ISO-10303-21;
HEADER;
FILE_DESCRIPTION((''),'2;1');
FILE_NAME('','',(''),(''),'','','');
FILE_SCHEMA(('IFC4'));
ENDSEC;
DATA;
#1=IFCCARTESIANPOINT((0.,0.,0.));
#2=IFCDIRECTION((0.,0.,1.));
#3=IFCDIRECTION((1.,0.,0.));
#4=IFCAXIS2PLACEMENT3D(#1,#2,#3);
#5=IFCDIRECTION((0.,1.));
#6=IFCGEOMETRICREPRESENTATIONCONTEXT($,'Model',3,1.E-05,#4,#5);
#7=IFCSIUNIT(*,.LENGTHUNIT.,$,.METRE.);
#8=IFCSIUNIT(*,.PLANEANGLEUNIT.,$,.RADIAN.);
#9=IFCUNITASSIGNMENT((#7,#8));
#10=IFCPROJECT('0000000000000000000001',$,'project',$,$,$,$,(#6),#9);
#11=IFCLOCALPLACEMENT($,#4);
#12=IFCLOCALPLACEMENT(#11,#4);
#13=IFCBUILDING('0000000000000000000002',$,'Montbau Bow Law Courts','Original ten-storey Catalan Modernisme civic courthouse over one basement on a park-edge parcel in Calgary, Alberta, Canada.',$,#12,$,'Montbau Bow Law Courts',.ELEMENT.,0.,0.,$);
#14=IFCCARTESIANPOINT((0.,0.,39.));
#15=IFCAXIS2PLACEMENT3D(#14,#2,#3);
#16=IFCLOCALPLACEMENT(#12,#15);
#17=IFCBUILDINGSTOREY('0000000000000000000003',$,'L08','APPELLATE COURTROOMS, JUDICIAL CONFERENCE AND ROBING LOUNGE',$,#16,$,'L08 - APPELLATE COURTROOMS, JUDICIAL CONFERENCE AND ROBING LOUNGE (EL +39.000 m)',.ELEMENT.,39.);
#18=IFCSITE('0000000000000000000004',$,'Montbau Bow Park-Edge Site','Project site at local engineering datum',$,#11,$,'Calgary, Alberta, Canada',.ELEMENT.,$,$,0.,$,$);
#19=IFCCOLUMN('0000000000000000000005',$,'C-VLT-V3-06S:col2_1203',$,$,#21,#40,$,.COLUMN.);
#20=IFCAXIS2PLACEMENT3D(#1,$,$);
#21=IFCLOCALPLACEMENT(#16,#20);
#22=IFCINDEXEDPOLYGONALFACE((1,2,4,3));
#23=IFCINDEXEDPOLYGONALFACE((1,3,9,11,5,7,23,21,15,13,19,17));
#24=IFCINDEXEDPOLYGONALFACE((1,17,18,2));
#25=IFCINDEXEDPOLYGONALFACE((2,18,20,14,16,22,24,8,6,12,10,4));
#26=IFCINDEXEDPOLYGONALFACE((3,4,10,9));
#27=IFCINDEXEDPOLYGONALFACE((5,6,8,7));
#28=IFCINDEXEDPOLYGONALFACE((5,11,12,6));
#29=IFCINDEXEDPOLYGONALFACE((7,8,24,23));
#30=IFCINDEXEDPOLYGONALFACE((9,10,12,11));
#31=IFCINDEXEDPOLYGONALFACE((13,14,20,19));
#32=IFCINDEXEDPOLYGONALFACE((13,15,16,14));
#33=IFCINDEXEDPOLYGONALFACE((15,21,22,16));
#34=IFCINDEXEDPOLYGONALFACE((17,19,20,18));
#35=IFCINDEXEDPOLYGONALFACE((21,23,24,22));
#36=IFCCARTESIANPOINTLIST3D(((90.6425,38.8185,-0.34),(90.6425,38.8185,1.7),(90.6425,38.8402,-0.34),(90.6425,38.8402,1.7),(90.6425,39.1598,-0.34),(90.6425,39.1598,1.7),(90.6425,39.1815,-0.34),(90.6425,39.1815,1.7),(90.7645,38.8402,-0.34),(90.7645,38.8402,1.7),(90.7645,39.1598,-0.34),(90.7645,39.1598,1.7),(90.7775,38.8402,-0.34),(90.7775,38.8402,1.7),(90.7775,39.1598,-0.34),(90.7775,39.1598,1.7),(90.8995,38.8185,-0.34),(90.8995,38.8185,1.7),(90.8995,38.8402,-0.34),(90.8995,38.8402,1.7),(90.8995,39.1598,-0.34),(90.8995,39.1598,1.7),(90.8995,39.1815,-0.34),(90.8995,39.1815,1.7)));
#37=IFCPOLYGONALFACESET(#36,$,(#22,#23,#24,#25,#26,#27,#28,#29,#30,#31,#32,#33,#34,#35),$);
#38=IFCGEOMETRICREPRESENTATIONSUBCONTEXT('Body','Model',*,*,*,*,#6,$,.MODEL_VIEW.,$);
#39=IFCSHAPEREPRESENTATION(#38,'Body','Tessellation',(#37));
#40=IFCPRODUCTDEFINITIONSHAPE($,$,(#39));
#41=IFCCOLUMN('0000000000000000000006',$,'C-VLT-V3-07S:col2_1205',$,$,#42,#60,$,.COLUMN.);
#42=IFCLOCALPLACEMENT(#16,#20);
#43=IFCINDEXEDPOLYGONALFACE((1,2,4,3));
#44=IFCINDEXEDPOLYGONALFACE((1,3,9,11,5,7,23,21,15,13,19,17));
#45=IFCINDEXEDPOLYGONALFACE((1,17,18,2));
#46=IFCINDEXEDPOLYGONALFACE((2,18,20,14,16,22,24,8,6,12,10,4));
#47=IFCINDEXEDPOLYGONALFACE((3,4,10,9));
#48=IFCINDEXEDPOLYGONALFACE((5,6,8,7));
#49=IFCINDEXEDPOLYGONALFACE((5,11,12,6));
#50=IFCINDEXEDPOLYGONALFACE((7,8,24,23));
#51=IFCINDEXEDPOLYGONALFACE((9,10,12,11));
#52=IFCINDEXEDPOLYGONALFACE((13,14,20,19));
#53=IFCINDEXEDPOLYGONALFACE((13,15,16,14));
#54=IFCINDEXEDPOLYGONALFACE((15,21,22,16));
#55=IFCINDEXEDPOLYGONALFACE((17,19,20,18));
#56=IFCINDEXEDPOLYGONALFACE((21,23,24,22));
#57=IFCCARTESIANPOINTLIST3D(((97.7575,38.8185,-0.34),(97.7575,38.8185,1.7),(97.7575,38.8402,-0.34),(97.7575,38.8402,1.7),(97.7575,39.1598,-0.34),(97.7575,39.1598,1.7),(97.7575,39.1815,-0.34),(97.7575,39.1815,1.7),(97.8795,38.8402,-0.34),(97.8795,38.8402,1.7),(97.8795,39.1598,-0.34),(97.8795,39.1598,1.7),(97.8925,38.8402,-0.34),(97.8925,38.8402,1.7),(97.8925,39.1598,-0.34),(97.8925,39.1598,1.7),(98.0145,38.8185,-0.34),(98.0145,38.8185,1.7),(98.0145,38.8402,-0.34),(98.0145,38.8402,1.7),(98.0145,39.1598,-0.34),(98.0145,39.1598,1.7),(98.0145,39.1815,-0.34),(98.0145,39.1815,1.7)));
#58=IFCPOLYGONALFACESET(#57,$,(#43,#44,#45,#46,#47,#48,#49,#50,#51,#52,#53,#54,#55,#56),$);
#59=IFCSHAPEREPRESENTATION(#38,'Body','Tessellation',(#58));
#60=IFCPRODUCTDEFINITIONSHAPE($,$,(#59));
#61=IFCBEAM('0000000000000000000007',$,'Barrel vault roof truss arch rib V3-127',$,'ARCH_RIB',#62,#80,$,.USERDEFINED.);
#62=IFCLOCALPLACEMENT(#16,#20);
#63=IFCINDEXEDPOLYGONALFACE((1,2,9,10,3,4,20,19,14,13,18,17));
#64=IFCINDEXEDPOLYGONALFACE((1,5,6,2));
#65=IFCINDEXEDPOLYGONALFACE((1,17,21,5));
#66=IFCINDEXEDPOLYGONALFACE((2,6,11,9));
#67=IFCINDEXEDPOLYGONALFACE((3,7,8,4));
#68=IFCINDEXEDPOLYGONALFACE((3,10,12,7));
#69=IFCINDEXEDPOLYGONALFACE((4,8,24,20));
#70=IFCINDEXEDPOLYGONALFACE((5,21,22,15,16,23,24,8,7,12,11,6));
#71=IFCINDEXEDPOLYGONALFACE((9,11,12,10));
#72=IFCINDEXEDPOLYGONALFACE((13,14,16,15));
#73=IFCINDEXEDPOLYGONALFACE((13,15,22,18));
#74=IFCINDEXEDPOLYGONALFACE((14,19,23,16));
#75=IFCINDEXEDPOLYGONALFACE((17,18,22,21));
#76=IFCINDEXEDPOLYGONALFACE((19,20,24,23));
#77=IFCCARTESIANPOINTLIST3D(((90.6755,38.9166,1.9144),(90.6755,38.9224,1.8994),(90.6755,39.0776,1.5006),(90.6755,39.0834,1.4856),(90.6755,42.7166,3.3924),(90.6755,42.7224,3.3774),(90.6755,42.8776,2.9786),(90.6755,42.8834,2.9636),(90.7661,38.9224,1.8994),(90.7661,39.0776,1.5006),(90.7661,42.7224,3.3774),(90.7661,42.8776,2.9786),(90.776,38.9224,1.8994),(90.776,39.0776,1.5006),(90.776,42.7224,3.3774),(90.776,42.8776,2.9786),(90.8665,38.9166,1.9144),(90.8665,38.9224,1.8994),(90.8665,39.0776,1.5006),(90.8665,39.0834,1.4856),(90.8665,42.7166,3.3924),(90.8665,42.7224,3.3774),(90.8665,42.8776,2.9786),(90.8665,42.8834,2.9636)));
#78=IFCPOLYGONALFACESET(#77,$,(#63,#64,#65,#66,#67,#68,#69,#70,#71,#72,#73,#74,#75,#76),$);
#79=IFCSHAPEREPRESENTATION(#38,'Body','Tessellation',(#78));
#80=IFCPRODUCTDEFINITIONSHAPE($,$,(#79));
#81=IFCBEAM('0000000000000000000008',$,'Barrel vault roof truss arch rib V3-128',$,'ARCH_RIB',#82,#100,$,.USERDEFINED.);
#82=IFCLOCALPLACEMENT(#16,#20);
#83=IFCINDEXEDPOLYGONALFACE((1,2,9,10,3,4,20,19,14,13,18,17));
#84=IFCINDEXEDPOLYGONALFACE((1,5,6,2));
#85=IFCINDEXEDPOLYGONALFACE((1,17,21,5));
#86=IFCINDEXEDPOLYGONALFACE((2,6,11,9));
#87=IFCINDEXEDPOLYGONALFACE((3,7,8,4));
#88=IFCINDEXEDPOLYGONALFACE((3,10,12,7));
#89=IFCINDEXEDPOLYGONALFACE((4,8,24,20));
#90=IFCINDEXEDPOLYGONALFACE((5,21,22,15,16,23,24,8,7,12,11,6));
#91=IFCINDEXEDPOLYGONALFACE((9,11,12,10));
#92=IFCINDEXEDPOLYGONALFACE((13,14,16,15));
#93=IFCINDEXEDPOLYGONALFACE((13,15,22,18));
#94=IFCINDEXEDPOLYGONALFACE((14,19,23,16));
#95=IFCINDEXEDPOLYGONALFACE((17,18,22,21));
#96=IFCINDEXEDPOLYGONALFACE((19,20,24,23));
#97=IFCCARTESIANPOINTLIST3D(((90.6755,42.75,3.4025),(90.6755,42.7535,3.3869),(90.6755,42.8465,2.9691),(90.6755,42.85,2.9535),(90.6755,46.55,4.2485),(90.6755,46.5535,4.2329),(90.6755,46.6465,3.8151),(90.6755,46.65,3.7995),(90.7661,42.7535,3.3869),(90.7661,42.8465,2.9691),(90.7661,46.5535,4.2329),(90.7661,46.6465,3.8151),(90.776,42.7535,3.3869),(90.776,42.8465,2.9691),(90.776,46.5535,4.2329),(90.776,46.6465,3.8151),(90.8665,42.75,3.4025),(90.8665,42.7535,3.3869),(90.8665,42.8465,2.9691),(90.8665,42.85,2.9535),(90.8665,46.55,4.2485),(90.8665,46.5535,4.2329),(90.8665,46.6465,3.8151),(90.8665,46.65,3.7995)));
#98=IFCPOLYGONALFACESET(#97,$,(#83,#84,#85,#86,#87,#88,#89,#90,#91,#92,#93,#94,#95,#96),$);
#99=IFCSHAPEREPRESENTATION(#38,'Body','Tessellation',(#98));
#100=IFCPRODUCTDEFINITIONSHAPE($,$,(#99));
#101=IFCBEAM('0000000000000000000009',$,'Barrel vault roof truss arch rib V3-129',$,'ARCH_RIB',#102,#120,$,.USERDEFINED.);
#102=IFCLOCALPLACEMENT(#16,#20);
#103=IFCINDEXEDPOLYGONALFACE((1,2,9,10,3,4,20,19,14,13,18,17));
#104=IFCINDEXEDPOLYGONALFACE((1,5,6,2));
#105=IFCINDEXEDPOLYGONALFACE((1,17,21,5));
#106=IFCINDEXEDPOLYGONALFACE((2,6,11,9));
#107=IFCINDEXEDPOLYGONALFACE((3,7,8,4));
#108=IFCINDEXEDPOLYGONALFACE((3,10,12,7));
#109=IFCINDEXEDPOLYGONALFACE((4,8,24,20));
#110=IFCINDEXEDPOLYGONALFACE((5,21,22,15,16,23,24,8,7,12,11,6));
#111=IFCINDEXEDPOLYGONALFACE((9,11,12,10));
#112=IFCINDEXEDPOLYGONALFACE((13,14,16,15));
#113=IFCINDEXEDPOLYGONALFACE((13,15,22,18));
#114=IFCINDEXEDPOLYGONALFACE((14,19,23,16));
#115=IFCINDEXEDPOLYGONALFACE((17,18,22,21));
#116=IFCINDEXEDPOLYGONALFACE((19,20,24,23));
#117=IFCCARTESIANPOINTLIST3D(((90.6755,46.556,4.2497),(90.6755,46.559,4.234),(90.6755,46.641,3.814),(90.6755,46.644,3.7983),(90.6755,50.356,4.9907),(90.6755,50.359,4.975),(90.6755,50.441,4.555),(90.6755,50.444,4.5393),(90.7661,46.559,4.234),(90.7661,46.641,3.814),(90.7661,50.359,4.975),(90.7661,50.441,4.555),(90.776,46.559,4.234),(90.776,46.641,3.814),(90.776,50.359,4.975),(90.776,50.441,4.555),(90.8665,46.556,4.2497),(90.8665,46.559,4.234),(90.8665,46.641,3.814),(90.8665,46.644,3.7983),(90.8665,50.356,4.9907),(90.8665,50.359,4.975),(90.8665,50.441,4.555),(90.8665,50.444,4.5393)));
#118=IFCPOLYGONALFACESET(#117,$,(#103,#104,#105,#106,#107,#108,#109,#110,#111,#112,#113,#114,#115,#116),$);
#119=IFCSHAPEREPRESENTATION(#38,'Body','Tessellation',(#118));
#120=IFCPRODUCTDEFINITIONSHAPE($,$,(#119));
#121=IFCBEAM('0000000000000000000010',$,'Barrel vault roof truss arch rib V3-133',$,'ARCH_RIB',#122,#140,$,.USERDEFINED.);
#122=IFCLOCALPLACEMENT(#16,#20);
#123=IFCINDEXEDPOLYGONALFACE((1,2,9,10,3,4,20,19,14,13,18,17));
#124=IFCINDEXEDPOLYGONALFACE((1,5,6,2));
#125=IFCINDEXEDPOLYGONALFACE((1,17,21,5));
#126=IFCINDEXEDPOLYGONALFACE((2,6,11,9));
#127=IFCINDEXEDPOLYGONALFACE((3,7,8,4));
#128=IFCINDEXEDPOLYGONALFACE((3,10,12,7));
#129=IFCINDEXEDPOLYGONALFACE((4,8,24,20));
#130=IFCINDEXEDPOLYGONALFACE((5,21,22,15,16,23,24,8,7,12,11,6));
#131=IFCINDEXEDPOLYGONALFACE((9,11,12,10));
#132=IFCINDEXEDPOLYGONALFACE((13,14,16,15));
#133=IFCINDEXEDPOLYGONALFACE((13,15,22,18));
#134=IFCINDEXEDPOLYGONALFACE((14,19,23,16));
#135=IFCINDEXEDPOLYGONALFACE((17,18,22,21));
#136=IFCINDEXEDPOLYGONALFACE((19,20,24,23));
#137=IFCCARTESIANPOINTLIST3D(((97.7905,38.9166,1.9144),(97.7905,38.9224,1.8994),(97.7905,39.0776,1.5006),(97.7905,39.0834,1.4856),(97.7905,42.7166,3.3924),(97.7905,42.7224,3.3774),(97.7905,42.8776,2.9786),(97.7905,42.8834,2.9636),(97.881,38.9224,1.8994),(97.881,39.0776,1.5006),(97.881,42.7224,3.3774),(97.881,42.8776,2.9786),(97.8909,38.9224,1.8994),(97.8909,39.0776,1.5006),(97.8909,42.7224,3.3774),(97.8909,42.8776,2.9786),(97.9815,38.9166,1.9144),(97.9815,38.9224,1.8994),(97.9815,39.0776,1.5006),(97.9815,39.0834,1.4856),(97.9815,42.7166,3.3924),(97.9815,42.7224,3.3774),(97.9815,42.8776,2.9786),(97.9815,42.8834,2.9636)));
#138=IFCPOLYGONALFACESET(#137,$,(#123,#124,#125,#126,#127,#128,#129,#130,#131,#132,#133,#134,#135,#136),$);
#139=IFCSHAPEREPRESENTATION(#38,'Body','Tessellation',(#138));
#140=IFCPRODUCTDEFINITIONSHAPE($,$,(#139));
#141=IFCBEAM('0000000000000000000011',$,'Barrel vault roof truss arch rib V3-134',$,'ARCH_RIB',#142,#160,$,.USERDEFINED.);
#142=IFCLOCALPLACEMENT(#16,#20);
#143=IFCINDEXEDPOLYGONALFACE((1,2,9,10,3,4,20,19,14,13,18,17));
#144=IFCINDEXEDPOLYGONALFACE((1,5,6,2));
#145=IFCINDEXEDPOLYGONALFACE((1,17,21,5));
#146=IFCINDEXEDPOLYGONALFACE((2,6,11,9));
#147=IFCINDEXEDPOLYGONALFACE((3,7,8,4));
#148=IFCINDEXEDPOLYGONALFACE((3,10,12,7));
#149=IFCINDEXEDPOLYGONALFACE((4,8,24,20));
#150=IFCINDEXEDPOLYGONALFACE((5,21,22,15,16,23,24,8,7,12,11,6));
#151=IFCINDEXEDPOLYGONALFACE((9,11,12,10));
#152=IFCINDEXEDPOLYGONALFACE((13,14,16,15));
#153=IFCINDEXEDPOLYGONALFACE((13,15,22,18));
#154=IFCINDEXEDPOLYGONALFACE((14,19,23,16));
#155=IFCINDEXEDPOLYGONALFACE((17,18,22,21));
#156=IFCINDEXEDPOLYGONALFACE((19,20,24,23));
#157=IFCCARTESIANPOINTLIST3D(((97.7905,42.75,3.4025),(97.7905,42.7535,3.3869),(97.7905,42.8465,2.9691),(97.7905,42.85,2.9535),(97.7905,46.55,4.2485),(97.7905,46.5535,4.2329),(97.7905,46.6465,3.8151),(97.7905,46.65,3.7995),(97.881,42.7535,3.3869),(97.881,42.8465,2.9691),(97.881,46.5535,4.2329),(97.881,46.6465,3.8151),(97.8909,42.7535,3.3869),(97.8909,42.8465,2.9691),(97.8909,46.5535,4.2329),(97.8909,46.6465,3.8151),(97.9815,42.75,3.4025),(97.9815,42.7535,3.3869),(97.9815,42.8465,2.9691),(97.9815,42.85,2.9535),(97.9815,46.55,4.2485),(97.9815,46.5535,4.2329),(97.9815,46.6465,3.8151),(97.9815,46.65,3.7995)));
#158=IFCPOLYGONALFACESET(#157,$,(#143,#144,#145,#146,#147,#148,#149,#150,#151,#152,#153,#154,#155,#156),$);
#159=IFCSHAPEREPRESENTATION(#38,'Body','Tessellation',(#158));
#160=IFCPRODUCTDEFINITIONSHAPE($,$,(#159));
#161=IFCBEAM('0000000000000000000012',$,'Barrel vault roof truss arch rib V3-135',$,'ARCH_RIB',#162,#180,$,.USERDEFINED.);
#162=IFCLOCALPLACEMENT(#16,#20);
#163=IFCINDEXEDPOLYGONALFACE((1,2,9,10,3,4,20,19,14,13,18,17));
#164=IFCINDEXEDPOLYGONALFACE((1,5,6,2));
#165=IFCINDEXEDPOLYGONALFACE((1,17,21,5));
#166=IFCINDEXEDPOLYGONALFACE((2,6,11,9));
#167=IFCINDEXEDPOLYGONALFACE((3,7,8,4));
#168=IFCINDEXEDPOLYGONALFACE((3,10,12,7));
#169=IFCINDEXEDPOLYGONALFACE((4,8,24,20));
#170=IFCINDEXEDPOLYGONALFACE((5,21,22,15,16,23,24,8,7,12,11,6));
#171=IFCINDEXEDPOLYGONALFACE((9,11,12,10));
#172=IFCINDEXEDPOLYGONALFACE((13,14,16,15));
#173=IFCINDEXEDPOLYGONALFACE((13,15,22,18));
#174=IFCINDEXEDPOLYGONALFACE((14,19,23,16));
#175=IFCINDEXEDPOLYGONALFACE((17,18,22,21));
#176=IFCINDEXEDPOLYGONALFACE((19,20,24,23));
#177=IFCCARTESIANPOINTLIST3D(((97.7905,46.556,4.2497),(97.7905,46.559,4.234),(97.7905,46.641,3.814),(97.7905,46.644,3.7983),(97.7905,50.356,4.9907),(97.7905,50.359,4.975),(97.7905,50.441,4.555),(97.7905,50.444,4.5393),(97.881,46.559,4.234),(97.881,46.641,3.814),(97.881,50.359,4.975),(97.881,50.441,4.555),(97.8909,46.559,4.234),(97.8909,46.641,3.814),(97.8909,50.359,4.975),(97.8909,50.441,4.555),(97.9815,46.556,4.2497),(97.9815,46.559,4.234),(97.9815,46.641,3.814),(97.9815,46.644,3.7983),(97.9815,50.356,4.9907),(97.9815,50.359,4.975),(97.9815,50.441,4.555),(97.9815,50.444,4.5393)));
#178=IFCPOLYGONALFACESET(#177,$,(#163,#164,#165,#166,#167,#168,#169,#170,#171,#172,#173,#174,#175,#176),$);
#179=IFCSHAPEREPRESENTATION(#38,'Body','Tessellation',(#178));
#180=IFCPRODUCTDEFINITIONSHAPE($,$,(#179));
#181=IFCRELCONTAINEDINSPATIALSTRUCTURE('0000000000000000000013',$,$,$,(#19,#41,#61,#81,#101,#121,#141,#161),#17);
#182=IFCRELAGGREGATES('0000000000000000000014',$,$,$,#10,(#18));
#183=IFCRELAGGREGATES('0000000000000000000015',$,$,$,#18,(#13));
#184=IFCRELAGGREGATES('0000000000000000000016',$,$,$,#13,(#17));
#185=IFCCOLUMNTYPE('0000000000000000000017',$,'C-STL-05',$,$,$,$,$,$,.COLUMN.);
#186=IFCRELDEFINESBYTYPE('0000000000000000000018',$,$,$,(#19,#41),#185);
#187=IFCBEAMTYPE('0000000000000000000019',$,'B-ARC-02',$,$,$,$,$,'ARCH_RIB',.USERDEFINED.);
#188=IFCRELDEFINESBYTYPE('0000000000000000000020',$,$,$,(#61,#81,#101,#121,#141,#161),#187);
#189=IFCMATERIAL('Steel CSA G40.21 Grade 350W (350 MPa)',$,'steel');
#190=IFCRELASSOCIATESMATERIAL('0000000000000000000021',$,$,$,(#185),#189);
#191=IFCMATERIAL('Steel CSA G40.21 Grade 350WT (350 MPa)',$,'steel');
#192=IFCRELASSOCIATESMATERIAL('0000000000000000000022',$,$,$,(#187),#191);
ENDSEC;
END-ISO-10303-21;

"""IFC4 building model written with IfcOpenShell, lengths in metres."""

from ifc_helpers import new_model, si_unit, direction, frame, origin_with_axes, origin_2d_with_axis, place, context, subcontext, project, spatial, i_section, extrude, material, material_profile, profile_set, type_object, element, save


model = new_model("IFC4")

# Units and contexts
model_context = context("Model", 3, precision=1e-05, world=origin_with_axes(), true_north=direction((0.0, 1.0)))
body_context = subcontext(model_context, "Body", "Model", "MODEL_VIEW")
ifc_project = project(units=[si_unit("LENGTHUNIT", "METRE"), si_unit("PLANEANGLEUNIT", "RADIAN")], contexts=[model_context])

# Site, building, storey
site_placement = place(None, origin_with_axes())
site = spatial("IfcSite", under=ifc_project, at=site_placement, Name="Montbau Bow Park-Edge Site", Description="Project site at local engineering datum", LongName="Calgary, Alberta, Canada", CompositionType="ELEMENT", RefElevation=0.0)
building_placement = place(site_placement, origin_with_axes())
building = spatial("IfcBuilding", under=site, at=building_placement, Name="Montbau Bow Law Courts", Description="Original ten-storey Catalan Modernisme civic courthouse over one basement on a park-edge parcel in Calgary, Alberta, Canada.", LongName="Montbau Bow Law Courts", CompositionType="ELEMENT", ElevationOfRefHeight=0.0, ElevationOfTerrain=0.0)
storey_placement = place(building_placement, frame((0.0, 0.0, 39.0), z_axis=(0.0, 0.0, 1.0), x_axis=(1.0, 0.0, 0.0)))
storey = spatial("IfcBuildingStorey", under=building, at=storey_placement, Name="L08", Description="APPELLATE COURTROOMS, JUDICIAL CONFERENCE AND ROBING LOUNGE", LongName="L08 - APPELLATE COURTROOMS, JUDICIAL CONFERENCE AND ROBING LOUNGE (EL +39.000 m)", CompositionType="ELEMENT", Elevation=39.0)

# Columns
ifc_material_1 = material(Name="Steel CSA G40.21 Grade 350W (350 MPa)", Category="steel")
ifc_material_profile_1 = material_profile(ifc_material_1, i_section(OverallWidth=0.257, OverallDepth=0.363, WebThickness=0.013, FlangeThickness=0.0217, at=origin_2d_with_axis()), Name="W360X122", Category="Main", Priority=0)
ifc_profile_set_1 = profile_set([ifc_material_profile_1], Name="Steel CSA G40.21 Grade 350W (350 MPa)")
column_type = type_object("IfcColumnType", Name="C-STL-05", PredefinedType="COLUMN", material=ifc_profile_set_1)
for number, where, z_axis, x_axis, name in (
    (1, (90.771, 39.0, 38.66), (0.0, 0.0, 1.0), (1.0, 0.0, 0.0), "C-VLT-V3-06S:col2_1203"),
    (2, (97.886, 39.0, 38.66), (0.0, 0.0, 1.0), (1.0, 0.0, 0.0), "C-VLT-V3-07S:col2_1205"),
):
    element("IfcColumn", number, at=place(None, frame(where, z_axis=z_axis, x_axis=x_axis)), inside=storey, type_object=column_type, Name=name, PredefinedType="COLUMN", context=body_context, shape_type="SweptSolid", body=[
        extrude(i_section(OverallWidth=0.257, OverallDepth=0.363, WebThickness=0.013, FlangeThickness=0.0217, at=origin_2d_with_axis()), origin_with_axes(), (0.0, 0.0, 1.0), 2.04),
    ])

# Beams
ifc_material_2 = material(Name="Steel CSA G40.21 Grade 350WT (350 MPa)", Category="steel")
ifc_material_profile_2 = material_profile(ifc_material_2, i_section(OverallWidth=0.191, OverallDepth=0.46, WebThickness=0.0099, FlangeThickness=0.016, at=origin_2d_with_axis()), Name="W460X82", Category="Main", Priority=0)
ifc_profile_set_2 = profile_set([ifc_material_profile_2], Name="Steel CSA G40.21 Grade 350WT (350 MPa)")
beam_type_1 = type_object("IfcBeamType", Name="B-ARC-02", ElementType="ARCH_RIB", PredefinedType="USERDEFINED", material=ifc_profile_set_2)
beam_1_placement = place(None, frame((90.771, 39.0, 40.7), z_axis=(0.0, 0.931986, 0.362494), x_axis=(-1.0, 0.0, 0.0)))
element("IfcBeam", 3, at=beam_1_placement, inside=storey, type_object=beam_type_1, Name="Barrel vault roof truss arch rib V3-127", ObjectType="ARCH_RIB", PredefinedType="USERDEFINED", context=body_context, shape_type="SweptSolid", body=[
    extrude(i_section(OverallWidth=0.191, OverallDepth=0.46, WebThickness=0.0099, FlangeThickness=0.016, at=origin_2d_with_axis()), origin_with_axes(), (0.0, 0.0, 1.0), 4.0773),
])
beam_2_placement = place(None, frame((90.771, 42.8, 42.178), z_axis=(0.0, 0.976102, 0.217311), x_axis=(-1.0, 0.0, 0.0)))
element("IfcBeam", 4, at=beam_2_placement, inside=storey, type_object=beam_type_1, Name="Barrel vault roof truss arch rib V3-128", ObjectType="ARCH_RIB", PredefinedType="USERDEFINED", context=body_context, shape_type="SweptSolid", body=[
    extrude(i_section(OverallWidth=0.191, OverallDepth=0.46, WebThickness=0.0099, FlangeThickness=0.016, at=origin_2d_with_axis()), origin_with_axes(), (0.0, 0.0, 1.0), 3.893),
])
beam_3_placement = place(None, frame((90.771, 46.6, 43.024), z_axis=(0.0, 0.981513, 0.191395), x_axis=(-1.0, 0.0, 0.0)))
element("IfcBeam", 5, at=beam_3_placement, inside=storey, type_object=beam_type_1, Name="Barrel vault roof truss arch rib V3-129", ObjectType="ARCH_RIB", PredefinedType="USERDEFINED", context=body_context, shape_type="SweptSolid", body=[
    extrude(i_section(OverallWidth=0.191, OverallDepth=0.46, WebThickness=0.0099, FlangeThickness=0.016, at=origin_2d_with_axis()), origin_with_axes(), (0.0, 0.0, 1.0), 3.8716),
])
beam_4_placement = place(None, frame((97.886, 39.0, 40.7), z_axis=(0.0, 0.931986, 0.362494), x_axis=(-1.0, 0.0, 0.0)))
element("IfcBeam", 6, at=beam_4_placement, inside=storey, type_object=beam_type_1, Name="Barrel vault roof truss arch rib V3-133", ObjectType="ARCH_RIB", PredefinedType="USERDEFINED", context=body_context, shape_type="SweptSolid", body=[
    extrude(i_section(OverallWidth=0.191, OverallDepth=0.46, WebThickness=0.0099, FlangeThickness=0.016, at=origin_2d_with_axis()), origin_with_axes(), (0.0, 0.0, 1.0), 4.0773),
])
beam_5_placement = place(None, frame((97.886, 42.8, 42.178), z_axis=(0.0, 0.976102, 0.217311), x_axis=(-1.0, 0.0, 0.0)))
element("IfcBeam", 7, at=beam_5_placement, inside=storey, type_object=beam_type_1, Name="Barrel vault roof truss arch rib V3-134", ObjectType="ARCH_RIB", PredefinedType="USERDEFINED", context=body_context, shape_type="SweptSolid", body=[
    extrude(i_section(OverallWidth=0.191, OverallDepth=0.46, WebThickness=0.0099, FlangeThickness=0.016, at=origin_2d_with_axis()), origin_with_axes(), (0.0, 0.0, 1.0), 3.893),
])
beam_6_placement = place(None, frame((97.886, 46.6, 43.024), z_axis=(0.0, 0.981513, 0.191395), x_axis=(-1.0, 0.0, 0.0)))
element("IfcBeam", 8, at=beam_6_placement, inside=storey, type_object=beam_type_1, Name="Barrel vault roof truss arch rib V3-135", ObjectType="ARCH_RIB", PredefinedType="USERDEFINED", context=body_context, shape_type="SweptSolid", body=[
    extrude(i_section(OverallWidth=0.191, OverallDepth=0.46, WebThickness=0.0099, FlangeThickness=0.016, at=origin_2d_with_axis()), origin_with_axes(), (0.0, 0.0, 1.0), 3.8716),
])

save(model, "model.ifc")
